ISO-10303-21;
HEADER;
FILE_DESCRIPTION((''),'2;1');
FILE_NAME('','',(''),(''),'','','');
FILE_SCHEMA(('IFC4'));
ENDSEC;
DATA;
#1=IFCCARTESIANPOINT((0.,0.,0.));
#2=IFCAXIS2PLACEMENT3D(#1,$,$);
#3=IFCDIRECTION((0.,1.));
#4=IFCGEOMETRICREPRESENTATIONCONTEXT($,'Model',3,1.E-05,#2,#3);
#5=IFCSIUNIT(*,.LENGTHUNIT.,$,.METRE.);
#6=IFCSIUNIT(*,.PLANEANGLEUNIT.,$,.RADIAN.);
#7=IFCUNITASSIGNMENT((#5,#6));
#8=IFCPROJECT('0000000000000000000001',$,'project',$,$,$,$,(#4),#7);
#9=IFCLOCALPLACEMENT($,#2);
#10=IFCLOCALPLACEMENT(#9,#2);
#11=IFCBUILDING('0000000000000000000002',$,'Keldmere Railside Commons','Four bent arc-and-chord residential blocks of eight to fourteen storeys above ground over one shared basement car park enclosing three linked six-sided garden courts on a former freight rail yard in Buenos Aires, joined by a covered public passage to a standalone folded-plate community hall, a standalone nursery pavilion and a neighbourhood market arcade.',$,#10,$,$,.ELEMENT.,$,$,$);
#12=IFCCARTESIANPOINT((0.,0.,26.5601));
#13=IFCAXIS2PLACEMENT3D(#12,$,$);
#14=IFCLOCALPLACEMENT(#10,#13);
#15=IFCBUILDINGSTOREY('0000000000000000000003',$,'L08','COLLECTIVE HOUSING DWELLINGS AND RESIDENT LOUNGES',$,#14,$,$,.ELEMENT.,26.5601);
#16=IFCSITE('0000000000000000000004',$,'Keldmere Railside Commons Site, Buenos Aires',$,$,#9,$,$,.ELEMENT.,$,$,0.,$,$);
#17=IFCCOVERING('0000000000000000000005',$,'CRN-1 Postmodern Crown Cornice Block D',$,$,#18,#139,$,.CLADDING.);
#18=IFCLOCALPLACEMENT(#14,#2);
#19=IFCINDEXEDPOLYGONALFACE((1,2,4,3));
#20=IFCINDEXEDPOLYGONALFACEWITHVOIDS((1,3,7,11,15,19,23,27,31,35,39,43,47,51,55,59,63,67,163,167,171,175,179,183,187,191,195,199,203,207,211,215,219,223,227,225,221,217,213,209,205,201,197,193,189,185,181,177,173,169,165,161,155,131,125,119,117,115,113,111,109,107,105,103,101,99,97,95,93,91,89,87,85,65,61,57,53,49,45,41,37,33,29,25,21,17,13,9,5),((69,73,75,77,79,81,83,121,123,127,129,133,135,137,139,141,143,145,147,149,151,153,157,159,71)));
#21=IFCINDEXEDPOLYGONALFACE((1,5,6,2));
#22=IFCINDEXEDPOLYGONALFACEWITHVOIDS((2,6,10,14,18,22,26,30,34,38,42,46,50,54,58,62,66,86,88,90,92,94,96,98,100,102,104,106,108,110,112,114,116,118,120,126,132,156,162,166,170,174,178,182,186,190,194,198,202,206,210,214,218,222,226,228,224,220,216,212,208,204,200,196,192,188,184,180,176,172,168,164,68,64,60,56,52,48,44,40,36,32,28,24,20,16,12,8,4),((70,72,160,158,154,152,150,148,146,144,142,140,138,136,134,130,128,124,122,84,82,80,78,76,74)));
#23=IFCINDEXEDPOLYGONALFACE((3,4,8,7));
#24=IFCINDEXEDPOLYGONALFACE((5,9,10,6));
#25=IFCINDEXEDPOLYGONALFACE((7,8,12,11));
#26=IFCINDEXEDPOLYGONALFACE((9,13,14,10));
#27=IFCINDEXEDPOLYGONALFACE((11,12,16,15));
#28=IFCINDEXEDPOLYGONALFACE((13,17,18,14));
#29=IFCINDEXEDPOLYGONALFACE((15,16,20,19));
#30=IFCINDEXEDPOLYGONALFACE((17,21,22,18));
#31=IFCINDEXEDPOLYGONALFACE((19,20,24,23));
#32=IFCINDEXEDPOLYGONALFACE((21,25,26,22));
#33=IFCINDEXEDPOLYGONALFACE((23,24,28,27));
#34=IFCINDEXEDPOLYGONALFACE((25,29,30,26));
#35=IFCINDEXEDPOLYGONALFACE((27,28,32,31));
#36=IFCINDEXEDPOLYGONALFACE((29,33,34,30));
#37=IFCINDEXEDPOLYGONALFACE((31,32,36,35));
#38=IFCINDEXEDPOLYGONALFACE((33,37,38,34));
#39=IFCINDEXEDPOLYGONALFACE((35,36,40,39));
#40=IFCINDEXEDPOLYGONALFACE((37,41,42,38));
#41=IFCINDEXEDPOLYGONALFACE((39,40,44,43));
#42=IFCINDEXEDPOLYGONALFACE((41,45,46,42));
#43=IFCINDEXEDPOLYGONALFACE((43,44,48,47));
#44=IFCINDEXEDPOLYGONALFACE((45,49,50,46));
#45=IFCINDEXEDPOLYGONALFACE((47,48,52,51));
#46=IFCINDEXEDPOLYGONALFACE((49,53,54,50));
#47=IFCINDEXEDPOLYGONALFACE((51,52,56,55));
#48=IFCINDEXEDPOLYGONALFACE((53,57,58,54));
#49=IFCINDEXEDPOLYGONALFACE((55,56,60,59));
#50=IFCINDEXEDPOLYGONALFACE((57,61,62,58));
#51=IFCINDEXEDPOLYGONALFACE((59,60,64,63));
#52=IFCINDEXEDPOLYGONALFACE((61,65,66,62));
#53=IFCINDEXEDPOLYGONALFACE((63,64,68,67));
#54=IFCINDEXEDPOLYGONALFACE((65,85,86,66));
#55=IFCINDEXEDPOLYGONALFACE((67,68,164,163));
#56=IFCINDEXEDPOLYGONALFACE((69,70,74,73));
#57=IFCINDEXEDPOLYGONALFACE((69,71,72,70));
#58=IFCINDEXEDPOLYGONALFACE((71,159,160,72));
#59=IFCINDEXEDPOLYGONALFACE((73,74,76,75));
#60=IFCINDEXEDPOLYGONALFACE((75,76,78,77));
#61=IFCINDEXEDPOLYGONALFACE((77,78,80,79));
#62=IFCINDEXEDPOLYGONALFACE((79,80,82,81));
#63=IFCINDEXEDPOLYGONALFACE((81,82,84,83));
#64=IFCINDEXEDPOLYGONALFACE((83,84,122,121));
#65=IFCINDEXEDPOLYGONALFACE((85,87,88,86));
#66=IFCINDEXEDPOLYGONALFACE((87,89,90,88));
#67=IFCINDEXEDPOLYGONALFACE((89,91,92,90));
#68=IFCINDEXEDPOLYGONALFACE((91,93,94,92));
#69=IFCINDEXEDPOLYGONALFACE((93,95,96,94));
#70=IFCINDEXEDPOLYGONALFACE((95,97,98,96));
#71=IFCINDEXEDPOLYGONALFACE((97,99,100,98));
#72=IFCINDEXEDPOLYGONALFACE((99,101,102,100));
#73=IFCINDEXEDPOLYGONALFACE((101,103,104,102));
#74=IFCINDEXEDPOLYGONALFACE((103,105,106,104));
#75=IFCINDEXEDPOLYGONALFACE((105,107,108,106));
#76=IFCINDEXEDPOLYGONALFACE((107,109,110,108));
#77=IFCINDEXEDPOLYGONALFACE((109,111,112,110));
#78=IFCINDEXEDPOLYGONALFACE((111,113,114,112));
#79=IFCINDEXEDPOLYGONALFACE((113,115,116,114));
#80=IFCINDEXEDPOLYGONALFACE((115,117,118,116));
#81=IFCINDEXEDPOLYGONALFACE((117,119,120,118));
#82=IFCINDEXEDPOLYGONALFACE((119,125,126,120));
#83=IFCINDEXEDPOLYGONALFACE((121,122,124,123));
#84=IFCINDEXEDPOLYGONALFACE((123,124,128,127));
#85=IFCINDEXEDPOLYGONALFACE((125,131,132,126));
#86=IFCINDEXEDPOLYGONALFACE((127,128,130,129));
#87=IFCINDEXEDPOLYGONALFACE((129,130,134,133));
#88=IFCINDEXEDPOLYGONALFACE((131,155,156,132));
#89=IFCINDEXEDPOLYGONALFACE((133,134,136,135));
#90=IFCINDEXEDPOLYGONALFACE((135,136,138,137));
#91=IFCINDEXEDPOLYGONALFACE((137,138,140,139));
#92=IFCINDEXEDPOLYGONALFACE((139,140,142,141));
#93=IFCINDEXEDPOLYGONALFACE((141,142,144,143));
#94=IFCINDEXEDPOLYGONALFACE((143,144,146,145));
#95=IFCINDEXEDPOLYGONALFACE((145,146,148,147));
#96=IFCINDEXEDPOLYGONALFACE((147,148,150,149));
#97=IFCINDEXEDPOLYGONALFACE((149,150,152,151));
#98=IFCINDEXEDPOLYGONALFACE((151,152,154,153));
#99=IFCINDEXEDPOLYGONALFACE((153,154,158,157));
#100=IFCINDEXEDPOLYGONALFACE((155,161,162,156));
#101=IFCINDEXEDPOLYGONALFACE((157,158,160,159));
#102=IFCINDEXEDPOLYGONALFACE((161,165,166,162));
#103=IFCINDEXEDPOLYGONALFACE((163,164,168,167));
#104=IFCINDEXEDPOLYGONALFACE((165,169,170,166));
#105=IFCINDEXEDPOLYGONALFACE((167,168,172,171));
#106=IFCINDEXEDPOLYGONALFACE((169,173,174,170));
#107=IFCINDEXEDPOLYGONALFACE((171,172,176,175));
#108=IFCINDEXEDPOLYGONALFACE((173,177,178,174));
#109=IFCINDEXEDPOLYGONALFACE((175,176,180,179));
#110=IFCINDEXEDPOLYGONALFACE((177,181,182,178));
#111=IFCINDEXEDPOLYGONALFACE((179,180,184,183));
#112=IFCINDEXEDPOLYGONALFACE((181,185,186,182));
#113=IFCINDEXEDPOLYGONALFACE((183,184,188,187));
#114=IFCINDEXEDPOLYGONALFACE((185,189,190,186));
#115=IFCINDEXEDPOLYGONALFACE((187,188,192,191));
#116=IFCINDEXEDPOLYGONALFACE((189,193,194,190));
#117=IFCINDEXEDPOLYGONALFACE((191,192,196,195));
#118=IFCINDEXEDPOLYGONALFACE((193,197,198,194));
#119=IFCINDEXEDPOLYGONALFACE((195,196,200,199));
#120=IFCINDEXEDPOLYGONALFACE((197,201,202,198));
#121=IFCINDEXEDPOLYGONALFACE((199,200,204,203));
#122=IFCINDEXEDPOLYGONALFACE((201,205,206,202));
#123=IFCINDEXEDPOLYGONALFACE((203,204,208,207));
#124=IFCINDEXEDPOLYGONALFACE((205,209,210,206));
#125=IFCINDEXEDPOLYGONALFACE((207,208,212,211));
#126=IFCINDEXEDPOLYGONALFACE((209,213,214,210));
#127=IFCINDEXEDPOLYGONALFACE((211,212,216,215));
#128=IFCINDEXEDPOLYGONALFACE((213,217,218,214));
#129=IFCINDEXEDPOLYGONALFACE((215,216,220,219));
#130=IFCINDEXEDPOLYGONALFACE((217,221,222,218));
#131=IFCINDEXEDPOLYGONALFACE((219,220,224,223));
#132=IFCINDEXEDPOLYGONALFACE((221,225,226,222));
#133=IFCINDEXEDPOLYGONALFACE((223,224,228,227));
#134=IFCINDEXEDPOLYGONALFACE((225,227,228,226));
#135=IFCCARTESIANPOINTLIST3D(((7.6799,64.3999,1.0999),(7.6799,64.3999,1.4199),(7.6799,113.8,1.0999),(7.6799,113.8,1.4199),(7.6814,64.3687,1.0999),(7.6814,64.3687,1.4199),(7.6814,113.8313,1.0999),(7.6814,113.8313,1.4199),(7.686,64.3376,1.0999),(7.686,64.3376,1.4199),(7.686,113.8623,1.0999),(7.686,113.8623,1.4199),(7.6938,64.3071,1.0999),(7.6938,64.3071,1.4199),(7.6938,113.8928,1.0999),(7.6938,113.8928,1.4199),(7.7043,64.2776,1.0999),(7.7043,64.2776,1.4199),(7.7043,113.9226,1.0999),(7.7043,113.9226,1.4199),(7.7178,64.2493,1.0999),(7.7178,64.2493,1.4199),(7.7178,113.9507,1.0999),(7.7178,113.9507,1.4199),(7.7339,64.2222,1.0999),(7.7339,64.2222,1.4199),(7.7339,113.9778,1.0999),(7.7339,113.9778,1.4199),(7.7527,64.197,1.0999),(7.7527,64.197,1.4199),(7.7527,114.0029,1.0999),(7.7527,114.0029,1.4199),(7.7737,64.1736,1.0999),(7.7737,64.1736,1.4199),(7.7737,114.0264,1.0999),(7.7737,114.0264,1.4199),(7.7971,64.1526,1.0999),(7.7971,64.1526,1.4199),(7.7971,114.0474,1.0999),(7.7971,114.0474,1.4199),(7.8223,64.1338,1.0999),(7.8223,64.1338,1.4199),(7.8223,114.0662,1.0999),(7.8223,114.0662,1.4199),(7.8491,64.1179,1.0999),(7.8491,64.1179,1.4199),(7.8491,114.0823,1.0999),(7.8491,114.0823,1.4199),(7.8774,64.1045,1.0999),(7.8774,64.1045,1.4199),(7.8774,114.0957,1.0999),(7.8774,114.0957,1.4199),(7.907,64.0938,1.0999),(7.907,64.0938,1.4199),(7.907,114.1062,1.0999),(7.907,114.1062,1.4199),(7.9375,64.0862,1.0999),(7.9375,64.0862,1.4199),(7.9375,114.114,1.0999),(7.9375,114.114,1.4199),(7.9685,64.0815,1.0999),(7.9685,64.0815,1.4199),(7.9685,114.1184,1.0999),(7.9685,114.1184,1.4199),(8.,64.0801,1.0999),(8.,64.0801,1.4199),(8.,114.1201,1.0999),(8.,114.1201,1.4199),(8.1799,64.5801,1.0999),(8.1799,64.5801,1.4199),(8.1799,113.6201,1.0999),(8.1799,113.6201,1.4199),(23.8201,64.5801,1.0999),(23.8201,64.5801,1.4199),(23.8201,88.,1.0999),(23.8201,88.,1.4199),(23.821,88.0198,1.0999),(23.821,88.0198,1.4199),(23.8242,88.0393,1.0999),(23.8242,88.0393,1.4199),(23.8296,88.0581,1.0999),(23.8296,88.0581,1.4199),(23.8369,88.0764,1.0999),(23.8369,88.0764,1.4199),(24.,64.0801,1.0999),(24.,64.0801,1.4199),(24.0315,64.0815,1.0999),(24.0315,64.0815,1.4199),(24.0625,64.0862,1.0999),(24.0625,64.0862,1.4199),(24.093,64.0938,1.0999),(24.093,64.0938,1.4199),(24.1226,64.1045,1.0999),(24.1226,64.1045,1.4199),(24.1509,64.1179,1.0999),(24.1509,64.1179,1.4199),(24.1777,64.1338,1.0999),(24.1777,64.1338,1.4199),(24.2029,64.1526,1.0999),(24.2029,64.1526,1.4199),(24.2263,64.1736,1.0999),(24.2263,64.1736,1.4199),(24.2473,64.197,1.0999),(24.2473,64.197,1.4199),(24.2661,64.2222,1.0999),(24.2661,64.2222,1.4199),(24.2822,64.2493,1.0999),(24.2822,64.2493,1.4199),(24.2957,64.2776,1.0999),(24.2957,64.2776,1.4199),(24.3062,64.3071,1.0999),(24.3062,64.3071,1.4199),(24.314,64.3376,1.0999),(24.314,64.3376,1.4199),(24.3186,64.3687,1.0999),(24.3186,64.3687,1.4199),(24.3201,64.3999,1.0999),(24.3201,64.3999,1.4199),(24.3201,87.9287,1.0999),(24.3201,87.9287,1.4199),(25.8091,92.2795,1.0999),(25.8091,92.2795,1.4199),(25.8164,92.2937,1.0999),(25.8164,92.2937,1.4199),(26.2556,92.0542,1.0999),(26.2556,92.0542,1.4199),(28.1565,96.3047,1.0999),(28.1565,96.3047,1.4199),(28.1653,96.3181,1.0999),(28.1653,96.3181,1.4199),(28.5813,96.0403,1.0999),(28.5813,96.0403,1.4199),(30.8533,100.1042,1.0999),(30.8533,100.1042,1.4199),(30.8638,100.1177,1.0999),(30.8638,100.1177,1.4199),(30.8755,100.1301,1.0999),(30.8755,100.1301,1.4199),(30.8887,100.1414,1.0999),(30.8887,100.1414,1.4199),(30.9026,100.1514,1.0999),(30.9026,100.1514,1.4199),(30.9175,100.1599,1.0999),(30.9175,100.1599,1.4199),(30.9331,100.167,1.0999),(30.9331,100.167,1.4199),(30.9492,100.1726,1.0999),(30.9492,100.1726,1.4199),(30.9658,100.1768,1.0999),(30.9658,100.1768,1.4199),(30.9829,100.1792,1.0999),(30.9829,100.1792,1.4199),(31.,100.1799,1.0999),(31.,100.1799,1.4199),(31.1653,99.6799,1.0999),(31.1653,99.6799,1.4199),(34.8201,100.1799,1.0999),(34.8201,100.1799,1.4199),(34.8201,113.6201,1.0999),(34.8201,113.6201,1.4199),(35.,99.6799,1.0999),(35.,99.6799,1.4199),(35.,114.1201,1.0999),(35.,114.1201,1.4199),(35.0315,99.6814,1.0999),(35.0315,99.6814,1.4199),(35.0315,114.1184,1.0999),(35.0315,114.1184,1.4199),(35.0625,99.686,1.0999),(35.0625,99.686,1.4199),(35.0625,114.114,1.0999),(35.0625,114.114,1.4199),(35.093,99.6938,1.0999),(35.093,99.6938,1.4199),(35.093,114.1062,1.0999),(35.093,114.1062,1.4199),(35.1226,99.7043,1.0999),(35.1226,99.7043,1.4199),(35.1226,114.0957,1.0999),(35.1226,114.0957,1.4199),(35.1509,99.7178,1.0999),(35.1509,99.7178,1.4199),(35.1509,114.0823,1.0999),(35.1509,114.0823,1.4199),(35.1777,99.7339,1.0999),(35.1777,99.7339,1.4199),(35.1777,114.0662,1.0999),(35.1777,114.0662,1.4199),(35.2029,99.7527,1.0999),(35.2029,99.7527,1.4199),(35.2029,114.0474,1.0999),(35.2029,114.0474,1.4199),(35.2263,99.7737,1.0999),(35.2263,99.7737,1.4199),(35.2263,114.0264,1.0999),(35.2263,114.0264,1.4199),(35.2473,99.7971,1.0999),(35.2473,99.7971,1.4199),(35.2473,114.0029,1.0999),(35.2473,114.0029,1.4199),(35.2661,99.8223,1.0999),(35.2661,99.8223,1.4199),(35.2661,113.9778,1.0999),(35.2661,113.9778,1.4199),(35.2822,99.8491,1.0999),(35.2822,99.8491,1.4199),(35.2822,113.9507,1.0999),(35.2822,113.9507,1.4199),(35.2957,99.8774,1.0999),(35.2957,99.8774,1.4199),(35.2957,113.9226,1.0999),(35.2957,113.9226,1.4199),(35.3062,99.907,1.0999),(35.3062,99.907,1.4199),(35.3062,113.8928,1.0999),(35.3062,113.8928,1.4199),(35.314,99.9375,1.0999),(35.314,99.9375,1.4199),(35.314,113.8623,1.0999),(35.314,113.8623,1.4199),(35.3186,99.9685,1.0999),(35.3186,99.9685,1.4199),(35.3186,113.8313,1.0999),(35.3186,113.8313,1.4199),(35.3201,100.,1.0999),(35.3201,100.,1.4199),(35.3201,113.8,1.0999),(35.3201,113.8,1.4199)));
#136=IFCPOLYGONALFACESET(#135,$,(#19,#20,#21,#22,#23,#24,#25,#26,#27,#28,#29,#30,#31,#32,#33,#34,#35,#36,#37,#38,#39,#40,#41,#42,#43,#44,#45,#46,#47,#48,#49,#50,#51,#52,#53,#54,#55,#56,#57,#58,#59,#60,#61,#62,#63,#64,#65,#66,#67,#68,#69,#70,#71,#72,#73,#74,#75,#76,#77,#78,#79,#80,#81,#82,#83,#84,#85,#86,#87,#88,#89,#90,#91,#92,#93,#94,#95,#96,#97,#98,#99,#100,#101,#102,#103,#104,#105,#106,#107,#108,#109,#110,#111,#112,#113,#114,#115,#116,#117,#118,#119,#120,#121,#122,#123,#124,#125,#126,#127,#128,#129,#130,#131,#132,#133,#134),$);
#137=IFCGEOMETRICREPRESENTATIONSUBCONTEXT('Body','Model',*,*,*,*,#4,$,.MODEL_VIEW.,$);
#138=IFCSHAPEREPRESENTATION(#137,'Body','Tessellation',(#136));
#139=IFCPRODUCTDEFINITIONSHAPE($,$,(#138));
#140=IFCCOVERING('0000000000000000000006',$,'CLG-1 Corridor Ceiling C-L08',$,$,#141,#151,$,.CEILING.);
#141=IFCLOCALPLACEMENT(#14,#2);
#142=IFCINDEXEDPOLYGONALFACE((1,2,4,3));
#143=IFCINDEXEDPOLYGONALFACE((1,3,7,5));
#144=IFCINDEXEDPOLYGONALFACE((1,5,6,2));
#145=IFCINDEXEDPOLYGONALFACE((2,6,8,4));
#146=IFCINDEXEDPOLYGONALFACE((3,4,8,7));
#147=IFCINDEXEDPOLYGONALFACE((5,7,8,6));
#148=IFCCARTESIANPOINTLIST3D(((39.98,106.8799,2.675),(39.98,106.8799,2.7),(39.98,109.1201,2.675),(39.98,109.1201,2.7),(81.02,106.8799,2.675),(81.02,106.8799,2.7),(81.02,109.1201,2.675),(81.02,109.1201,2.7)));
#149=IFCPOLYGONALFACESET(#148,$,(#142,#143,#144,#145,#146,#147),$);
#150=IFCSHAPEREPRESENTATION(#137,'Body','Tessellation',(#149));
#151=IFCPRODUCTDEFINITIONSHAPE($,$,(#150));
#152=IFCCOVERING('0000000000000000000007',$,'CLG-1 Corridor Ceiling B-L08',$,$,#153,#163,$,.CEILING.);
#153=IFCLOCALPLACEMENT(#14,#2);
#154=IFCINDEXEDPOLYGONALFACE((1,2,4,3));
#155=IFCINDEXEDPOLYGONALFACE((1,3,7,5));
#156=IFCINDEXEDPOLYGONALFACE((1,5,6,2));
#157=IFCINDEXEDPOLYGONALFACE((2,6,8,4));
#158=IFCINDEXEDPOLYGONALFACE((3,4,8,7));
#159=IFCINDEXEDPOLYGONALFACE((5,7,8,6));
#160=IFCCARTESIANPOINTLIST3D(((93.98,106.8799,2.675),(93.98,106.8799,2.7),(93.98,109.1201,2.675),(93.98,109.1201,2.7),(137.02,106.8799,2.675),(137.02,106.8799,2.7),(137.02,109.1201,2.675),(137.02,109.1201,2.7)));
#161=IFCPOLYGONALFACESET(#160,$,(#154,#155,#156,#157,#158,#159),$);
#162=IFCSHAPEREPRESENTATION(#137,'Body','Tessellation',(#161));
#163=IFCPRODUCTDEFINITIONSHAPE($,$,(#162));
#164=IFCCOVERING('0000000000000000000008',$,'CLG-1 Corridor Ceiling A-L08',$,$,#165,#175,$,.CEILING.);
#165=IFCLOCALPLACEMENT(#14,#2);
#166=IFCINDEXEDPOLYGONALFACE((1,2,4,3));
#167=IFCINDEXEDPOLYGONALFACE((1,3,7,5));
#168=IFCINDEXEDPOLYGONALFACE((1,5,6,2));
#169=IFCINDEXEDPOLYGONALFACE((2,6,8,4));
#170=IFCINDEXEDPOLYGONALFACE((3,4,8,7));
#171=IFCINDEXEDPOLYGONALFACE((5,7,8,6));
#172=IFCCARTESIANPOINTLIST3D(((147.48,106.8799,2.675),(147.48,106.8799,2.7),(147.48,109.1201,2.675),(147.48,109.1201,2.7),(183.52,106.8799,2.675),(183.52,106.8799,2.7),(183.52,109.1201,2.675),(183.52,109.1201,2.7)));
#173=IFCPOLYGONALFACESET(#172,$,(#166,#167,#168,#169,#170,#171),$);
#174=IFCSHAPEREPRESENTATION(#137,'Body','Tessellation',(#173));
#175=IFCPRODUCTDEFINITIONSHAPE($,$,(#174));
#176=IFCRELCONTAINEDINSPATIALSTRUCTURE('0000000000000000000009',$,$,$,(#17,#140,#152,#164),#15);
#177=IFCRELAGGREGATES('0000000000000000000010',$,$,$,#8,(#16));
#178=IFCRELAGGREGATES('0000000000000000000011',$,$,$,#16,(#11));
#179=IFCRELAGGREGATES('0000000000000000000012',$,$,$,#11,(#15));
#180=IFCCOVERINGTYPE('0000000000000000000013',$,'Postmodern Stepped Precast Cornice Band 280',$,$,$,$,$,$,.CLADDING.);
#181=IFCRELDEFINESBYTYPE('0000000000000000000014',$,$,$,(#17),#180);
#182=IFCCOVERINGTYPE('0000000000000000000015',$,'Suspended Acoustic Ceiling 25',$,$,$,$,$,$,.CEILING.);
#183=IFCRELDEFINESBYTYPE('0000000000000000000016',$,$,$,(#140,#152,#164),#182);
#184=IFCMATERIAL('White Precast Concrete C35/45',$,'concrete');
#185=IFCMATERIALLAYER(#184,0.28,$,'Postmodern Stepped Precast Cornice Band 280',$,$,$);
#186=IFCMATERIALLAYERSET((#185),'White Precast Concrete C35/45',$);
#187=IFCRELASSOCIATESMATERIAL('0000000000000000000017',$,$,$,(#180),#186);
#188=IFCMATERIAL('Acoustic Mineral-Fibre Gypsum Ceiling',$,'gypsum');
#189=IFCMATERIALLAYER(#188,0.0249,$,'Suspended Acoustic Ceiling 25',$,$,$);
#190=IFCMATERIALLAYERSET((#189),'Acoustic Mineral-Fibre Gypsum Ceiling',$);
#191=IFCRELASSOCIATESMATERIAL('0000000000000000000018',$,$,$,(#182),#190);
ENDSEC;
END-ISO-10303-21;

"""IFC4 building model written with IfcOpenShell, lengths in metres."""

from ifc_helpers import new_model, si_unit, direction, frame, origin, place, context, subcontext, project, spatial, polyline, outline, extrude, material, layer, layer_set, type_object, element, save


model = new_model("IFC4")

# Units and contexts
model_context = context("Model", 3, precision=1e-05, world=origin(), true_north=direction((0.0, 1.0)))
body_context = subcontext(model_context, "Body", "Model", "MODEL_VIEW")
ifc_project = project(units=[si_unit("LENGTHUNIT", "METRE"), si_unit("PLANEANGLEUNIT", "RADIAN")], contexts=[model_context])

# Site, building, storey
site_placement = place(None, origin())
site = spatial("IfcSite", under=ifc_project, at=site_placement, Name="Keldmere Railside Commons Site, Buenos Aires", CompositionType="ELEMENT", RefElevation=0.0)
building_placement = place(site_placement, origin())
building = spatial("IfcBuilding", under=site, at=building_placement, Name="Keldmere Railside Commons", Description="Four bent arc-and-chord residential blocks of eight to fourteen storeys above ground over one shared basement car park enclosing three linked six-sided garden courts on a former freight rail yard in Buenos Aires, joined by a covered public passage to a standalone folded-plate community hall, a standalone nursery pavilion and a neighbourhood market arcade.", CompositionType="ELEMENT")
storey_placement = place(building_placement, frame((0.0, 0.0, 26.5601)))
storey = spatial("IfcBuildingStorey", under=building, at=storey_placement, Name="L08", Description="COLLECTIVE HOUSING DWELLINGS AND RESIDENT LOUNGES", CompositionType="ELEMENT", Elevation=26.5601)

# Coverings
ifc_material_1 = material(Name="White Precast Concrete C35/45", Category="concrete")
ifc_layer_1 = layer(ifc_material_1, 0.28, Name="Postmodern Stepped Precast Cornice Band 280")
ifc_layer_set_1 = layer_set([ifc_layer_1], Name="White Precast Concrete C35/45")
covering_type_1 = type_object("IfcCoveringType", Name="Postmodern Stepped Precast Cornice Band 280", PredefinedType="CLADDING", material=ifc_layer_set_1)
covering_1_placement = place(storey_placement, frame((0.0, 0.0, 1.0999)))
element("IfcCovering", 1, at=covering_1_placement, inside=storey, type_object=covering_type_1, Name="CRN-1 Postmodern Crown Cornice Block D", PredefinedType="CLADDING", context=body_context, shape_type="SweptSolid", body=[
    extrude(outline(polyline([(7.6799, 113.8), (7.6814, 113.8313), (7.686, 113.8623), (7.6938, 113.8928), (7.7043, 113.9226), (7.7178, 113.9507), (7.7339, 113.9778), (7.7527, 114.0029), (7.7737, 114.0264), (7.7971, 114.0474), (7.8223, 114.0662), (7.8491, 114.0823), (7.8774, 114.0957), (7.907, 114.1062), (7.9375, 114.114), (7.9685, 114.1184), (8.0, 114.1201), (35.0, 114.1201), (35.0315, 114.1184), (35.0625, 114.114), (35.093, 114.1062), (35.1226, 114.0957), (35.1509, 114.0823), (35.1777, 114.0662), (35.2029, 114.0474), (35.2263, 114.0264), (35.2473, 114.0029), (35.2661, 113.9778), (35.2822, 113.9507), (35.2957, 113.9226), (35.3062, 113.8928), (35.314, 113.8623), (35.3186, 113.8313), (35.3201, 113.8), (35.3201, 100.0), (35.3186, 99.9685), (35.314, 99.9375), (35.3062, 99.907), (35.2957, 99.8774), (35.2822, 99.8491), (35.2661, 99.8223), (35.2473, 99.7971), (35.2263, 99.7737), (35.2029, 99.7527), (35.1777, 99.7339), (35.1509, 99.7178), (35.1226, 99.7043), (35.093, 99.6938), (35.0625, 99.686), (35.0315, 99.6814), (35.0, 99.6799), (31.1653, 99.6799), (28.5813, 96.0403), (26.2556, 92.0542), (24.3201, 87.9287), (24.3201, 64.3999), (24.3186, 64.3687), (24.314, 64.3376), (24.3062, 64.3071), (24.2957, 64.2776), (24.2822, 64.2493), (24.2661, 64.2222), (24.2473, 64.197), (24.2263, 64.1736), (24.2029, 64.1526), (24.1777, 64.1338), (24.1509, 64.1179), (24.1226, 64.1045), (24.093, 64.0938), (24.0625, 64.0862), (24.0315, 64.0815), (24.0, 64.0801), (8.0, 64.0801), (7.9685, 64.0815), (7.9375, 64.0862), (7.907, 64.0938), (7.8774, 64.1045), (7.8491, 64.1179), (7.8223, 64.1338), (7.7971, 64.1526), (7.7737, 64.1736), (7.7527, 64.197), (7.7339, 64.2222), (7.7178, 64.2493), (7.7043, 64.2776), (7.6938, 64.3071), (7.686, 64.3376), (7.6814, 64.3687), (7.6799, 64.3999), (7.6799, 113.8)]), holes=[polyline([(8.1799, 64.5801), (8.1799, 113.6201), (34.8201, 113.6201), (34.8201, 100.1799), (31.0, 100.1799), (30.9829, 100.1792), (30.9658, 100.1768), (30.9492, 100.1726), (30.9331, 100.167), (30.9175, 100.1599), (30.9026, 100.1514), (30.8887, 100.1414), (30.8755, 100.1301), (30.8638, 100.1177), (30.8533, 100.1042), (28.1653, 96.3181), (28.1565, 96.3047), (25.8164, 92.2937), (25.8091, 92.2795), (23.8369, 88.0764), (23.8296, 88.0581), (23.8242, 88.0393), (23.821, 88.0198), (23.8201, 88.0), (23.8201, 64.5801), (8.1799, 64.5801)])]), origin(), (0.0, 0.0, 1.0), 0.3201),
])
ifc_material_2 = material(Name="Acoustic Mineral-Fibre Gypsum Ceiling", Category="gypsum")
ifc_layer_2 = layer(ifc_material_2, 0.0249, Name="Suspended Acoustic Ceiling 25")
ifc_layer_set_2 = layer_set([ifc_layer_2], Name="Acoustic Mineral-Fibre Gypsum Ceiling")
covering_type_2 = type_object("IfcCoveringType", Name="Suspended Acoustic Ceiling 25", PredefinedType="CEILING", material=ifc_layer_set_2)
covering_2_placement = place(storey_placement, frame((0.0, 0.0, 2.675)))
element("IfcCovering", 2, at=covering_2_placement, inside=storey, type_object=covering_type_2, Name="CLG-1 Corridor Ceiling C-L08", PredefinedType="CEILING", context=body_context, shape_type="SweptSolid", body=[
    extrude(outline(polyline([(39.98, 106.8799), (81.02, 106.8799), (81.02, 109.1201), (39.98, 109.1201), (39.98, 106.8799)])), origin(), (0.0, 0.0, 1.0), 0.0249),
])
covering_3_placement = place(storey_placement, frame((0.0, 0.0, 2.675)))
element("IfcCovering", 3, at=covering_3_placement, inside=storey, type_object=covering_type_2, Name="CLG-1 Corridor Ceiling B-L08", PredefinedType="CEILING", context=body_context, shape_type="SweptSolid", body=[
    extrude(outline(polyline([(93.98, 106.8799), (137.02, 106.8799), (137.02, 109.1201), (93.98, 109.1201), (93.98, 106.8799)])), origin(), (0.0, 0.0, 1.0), 0.0249),
])
covering_4_placement = place(storey_placement, frame((0.0, 0.0, 2.675)))
element("IfcCovering", 4, at=covering_4_placement, inside=storey, type_object=covering_type_2, Name="CLG-1 Corridor Ceiling A-L08", PredefinedType="CEILING", context=body_context, shape_type="SweptSolid", body=[
    extrude(outline(polyline([(147.48, 106.8799), (183.52, 106.8799), (183.52, 109.1201), (147.48, 109.1201), (147.48, 106.8799)])), origin(), (0.0, 0.0, 1.0), 0.0249),
])

save(model, "model.ifc")
